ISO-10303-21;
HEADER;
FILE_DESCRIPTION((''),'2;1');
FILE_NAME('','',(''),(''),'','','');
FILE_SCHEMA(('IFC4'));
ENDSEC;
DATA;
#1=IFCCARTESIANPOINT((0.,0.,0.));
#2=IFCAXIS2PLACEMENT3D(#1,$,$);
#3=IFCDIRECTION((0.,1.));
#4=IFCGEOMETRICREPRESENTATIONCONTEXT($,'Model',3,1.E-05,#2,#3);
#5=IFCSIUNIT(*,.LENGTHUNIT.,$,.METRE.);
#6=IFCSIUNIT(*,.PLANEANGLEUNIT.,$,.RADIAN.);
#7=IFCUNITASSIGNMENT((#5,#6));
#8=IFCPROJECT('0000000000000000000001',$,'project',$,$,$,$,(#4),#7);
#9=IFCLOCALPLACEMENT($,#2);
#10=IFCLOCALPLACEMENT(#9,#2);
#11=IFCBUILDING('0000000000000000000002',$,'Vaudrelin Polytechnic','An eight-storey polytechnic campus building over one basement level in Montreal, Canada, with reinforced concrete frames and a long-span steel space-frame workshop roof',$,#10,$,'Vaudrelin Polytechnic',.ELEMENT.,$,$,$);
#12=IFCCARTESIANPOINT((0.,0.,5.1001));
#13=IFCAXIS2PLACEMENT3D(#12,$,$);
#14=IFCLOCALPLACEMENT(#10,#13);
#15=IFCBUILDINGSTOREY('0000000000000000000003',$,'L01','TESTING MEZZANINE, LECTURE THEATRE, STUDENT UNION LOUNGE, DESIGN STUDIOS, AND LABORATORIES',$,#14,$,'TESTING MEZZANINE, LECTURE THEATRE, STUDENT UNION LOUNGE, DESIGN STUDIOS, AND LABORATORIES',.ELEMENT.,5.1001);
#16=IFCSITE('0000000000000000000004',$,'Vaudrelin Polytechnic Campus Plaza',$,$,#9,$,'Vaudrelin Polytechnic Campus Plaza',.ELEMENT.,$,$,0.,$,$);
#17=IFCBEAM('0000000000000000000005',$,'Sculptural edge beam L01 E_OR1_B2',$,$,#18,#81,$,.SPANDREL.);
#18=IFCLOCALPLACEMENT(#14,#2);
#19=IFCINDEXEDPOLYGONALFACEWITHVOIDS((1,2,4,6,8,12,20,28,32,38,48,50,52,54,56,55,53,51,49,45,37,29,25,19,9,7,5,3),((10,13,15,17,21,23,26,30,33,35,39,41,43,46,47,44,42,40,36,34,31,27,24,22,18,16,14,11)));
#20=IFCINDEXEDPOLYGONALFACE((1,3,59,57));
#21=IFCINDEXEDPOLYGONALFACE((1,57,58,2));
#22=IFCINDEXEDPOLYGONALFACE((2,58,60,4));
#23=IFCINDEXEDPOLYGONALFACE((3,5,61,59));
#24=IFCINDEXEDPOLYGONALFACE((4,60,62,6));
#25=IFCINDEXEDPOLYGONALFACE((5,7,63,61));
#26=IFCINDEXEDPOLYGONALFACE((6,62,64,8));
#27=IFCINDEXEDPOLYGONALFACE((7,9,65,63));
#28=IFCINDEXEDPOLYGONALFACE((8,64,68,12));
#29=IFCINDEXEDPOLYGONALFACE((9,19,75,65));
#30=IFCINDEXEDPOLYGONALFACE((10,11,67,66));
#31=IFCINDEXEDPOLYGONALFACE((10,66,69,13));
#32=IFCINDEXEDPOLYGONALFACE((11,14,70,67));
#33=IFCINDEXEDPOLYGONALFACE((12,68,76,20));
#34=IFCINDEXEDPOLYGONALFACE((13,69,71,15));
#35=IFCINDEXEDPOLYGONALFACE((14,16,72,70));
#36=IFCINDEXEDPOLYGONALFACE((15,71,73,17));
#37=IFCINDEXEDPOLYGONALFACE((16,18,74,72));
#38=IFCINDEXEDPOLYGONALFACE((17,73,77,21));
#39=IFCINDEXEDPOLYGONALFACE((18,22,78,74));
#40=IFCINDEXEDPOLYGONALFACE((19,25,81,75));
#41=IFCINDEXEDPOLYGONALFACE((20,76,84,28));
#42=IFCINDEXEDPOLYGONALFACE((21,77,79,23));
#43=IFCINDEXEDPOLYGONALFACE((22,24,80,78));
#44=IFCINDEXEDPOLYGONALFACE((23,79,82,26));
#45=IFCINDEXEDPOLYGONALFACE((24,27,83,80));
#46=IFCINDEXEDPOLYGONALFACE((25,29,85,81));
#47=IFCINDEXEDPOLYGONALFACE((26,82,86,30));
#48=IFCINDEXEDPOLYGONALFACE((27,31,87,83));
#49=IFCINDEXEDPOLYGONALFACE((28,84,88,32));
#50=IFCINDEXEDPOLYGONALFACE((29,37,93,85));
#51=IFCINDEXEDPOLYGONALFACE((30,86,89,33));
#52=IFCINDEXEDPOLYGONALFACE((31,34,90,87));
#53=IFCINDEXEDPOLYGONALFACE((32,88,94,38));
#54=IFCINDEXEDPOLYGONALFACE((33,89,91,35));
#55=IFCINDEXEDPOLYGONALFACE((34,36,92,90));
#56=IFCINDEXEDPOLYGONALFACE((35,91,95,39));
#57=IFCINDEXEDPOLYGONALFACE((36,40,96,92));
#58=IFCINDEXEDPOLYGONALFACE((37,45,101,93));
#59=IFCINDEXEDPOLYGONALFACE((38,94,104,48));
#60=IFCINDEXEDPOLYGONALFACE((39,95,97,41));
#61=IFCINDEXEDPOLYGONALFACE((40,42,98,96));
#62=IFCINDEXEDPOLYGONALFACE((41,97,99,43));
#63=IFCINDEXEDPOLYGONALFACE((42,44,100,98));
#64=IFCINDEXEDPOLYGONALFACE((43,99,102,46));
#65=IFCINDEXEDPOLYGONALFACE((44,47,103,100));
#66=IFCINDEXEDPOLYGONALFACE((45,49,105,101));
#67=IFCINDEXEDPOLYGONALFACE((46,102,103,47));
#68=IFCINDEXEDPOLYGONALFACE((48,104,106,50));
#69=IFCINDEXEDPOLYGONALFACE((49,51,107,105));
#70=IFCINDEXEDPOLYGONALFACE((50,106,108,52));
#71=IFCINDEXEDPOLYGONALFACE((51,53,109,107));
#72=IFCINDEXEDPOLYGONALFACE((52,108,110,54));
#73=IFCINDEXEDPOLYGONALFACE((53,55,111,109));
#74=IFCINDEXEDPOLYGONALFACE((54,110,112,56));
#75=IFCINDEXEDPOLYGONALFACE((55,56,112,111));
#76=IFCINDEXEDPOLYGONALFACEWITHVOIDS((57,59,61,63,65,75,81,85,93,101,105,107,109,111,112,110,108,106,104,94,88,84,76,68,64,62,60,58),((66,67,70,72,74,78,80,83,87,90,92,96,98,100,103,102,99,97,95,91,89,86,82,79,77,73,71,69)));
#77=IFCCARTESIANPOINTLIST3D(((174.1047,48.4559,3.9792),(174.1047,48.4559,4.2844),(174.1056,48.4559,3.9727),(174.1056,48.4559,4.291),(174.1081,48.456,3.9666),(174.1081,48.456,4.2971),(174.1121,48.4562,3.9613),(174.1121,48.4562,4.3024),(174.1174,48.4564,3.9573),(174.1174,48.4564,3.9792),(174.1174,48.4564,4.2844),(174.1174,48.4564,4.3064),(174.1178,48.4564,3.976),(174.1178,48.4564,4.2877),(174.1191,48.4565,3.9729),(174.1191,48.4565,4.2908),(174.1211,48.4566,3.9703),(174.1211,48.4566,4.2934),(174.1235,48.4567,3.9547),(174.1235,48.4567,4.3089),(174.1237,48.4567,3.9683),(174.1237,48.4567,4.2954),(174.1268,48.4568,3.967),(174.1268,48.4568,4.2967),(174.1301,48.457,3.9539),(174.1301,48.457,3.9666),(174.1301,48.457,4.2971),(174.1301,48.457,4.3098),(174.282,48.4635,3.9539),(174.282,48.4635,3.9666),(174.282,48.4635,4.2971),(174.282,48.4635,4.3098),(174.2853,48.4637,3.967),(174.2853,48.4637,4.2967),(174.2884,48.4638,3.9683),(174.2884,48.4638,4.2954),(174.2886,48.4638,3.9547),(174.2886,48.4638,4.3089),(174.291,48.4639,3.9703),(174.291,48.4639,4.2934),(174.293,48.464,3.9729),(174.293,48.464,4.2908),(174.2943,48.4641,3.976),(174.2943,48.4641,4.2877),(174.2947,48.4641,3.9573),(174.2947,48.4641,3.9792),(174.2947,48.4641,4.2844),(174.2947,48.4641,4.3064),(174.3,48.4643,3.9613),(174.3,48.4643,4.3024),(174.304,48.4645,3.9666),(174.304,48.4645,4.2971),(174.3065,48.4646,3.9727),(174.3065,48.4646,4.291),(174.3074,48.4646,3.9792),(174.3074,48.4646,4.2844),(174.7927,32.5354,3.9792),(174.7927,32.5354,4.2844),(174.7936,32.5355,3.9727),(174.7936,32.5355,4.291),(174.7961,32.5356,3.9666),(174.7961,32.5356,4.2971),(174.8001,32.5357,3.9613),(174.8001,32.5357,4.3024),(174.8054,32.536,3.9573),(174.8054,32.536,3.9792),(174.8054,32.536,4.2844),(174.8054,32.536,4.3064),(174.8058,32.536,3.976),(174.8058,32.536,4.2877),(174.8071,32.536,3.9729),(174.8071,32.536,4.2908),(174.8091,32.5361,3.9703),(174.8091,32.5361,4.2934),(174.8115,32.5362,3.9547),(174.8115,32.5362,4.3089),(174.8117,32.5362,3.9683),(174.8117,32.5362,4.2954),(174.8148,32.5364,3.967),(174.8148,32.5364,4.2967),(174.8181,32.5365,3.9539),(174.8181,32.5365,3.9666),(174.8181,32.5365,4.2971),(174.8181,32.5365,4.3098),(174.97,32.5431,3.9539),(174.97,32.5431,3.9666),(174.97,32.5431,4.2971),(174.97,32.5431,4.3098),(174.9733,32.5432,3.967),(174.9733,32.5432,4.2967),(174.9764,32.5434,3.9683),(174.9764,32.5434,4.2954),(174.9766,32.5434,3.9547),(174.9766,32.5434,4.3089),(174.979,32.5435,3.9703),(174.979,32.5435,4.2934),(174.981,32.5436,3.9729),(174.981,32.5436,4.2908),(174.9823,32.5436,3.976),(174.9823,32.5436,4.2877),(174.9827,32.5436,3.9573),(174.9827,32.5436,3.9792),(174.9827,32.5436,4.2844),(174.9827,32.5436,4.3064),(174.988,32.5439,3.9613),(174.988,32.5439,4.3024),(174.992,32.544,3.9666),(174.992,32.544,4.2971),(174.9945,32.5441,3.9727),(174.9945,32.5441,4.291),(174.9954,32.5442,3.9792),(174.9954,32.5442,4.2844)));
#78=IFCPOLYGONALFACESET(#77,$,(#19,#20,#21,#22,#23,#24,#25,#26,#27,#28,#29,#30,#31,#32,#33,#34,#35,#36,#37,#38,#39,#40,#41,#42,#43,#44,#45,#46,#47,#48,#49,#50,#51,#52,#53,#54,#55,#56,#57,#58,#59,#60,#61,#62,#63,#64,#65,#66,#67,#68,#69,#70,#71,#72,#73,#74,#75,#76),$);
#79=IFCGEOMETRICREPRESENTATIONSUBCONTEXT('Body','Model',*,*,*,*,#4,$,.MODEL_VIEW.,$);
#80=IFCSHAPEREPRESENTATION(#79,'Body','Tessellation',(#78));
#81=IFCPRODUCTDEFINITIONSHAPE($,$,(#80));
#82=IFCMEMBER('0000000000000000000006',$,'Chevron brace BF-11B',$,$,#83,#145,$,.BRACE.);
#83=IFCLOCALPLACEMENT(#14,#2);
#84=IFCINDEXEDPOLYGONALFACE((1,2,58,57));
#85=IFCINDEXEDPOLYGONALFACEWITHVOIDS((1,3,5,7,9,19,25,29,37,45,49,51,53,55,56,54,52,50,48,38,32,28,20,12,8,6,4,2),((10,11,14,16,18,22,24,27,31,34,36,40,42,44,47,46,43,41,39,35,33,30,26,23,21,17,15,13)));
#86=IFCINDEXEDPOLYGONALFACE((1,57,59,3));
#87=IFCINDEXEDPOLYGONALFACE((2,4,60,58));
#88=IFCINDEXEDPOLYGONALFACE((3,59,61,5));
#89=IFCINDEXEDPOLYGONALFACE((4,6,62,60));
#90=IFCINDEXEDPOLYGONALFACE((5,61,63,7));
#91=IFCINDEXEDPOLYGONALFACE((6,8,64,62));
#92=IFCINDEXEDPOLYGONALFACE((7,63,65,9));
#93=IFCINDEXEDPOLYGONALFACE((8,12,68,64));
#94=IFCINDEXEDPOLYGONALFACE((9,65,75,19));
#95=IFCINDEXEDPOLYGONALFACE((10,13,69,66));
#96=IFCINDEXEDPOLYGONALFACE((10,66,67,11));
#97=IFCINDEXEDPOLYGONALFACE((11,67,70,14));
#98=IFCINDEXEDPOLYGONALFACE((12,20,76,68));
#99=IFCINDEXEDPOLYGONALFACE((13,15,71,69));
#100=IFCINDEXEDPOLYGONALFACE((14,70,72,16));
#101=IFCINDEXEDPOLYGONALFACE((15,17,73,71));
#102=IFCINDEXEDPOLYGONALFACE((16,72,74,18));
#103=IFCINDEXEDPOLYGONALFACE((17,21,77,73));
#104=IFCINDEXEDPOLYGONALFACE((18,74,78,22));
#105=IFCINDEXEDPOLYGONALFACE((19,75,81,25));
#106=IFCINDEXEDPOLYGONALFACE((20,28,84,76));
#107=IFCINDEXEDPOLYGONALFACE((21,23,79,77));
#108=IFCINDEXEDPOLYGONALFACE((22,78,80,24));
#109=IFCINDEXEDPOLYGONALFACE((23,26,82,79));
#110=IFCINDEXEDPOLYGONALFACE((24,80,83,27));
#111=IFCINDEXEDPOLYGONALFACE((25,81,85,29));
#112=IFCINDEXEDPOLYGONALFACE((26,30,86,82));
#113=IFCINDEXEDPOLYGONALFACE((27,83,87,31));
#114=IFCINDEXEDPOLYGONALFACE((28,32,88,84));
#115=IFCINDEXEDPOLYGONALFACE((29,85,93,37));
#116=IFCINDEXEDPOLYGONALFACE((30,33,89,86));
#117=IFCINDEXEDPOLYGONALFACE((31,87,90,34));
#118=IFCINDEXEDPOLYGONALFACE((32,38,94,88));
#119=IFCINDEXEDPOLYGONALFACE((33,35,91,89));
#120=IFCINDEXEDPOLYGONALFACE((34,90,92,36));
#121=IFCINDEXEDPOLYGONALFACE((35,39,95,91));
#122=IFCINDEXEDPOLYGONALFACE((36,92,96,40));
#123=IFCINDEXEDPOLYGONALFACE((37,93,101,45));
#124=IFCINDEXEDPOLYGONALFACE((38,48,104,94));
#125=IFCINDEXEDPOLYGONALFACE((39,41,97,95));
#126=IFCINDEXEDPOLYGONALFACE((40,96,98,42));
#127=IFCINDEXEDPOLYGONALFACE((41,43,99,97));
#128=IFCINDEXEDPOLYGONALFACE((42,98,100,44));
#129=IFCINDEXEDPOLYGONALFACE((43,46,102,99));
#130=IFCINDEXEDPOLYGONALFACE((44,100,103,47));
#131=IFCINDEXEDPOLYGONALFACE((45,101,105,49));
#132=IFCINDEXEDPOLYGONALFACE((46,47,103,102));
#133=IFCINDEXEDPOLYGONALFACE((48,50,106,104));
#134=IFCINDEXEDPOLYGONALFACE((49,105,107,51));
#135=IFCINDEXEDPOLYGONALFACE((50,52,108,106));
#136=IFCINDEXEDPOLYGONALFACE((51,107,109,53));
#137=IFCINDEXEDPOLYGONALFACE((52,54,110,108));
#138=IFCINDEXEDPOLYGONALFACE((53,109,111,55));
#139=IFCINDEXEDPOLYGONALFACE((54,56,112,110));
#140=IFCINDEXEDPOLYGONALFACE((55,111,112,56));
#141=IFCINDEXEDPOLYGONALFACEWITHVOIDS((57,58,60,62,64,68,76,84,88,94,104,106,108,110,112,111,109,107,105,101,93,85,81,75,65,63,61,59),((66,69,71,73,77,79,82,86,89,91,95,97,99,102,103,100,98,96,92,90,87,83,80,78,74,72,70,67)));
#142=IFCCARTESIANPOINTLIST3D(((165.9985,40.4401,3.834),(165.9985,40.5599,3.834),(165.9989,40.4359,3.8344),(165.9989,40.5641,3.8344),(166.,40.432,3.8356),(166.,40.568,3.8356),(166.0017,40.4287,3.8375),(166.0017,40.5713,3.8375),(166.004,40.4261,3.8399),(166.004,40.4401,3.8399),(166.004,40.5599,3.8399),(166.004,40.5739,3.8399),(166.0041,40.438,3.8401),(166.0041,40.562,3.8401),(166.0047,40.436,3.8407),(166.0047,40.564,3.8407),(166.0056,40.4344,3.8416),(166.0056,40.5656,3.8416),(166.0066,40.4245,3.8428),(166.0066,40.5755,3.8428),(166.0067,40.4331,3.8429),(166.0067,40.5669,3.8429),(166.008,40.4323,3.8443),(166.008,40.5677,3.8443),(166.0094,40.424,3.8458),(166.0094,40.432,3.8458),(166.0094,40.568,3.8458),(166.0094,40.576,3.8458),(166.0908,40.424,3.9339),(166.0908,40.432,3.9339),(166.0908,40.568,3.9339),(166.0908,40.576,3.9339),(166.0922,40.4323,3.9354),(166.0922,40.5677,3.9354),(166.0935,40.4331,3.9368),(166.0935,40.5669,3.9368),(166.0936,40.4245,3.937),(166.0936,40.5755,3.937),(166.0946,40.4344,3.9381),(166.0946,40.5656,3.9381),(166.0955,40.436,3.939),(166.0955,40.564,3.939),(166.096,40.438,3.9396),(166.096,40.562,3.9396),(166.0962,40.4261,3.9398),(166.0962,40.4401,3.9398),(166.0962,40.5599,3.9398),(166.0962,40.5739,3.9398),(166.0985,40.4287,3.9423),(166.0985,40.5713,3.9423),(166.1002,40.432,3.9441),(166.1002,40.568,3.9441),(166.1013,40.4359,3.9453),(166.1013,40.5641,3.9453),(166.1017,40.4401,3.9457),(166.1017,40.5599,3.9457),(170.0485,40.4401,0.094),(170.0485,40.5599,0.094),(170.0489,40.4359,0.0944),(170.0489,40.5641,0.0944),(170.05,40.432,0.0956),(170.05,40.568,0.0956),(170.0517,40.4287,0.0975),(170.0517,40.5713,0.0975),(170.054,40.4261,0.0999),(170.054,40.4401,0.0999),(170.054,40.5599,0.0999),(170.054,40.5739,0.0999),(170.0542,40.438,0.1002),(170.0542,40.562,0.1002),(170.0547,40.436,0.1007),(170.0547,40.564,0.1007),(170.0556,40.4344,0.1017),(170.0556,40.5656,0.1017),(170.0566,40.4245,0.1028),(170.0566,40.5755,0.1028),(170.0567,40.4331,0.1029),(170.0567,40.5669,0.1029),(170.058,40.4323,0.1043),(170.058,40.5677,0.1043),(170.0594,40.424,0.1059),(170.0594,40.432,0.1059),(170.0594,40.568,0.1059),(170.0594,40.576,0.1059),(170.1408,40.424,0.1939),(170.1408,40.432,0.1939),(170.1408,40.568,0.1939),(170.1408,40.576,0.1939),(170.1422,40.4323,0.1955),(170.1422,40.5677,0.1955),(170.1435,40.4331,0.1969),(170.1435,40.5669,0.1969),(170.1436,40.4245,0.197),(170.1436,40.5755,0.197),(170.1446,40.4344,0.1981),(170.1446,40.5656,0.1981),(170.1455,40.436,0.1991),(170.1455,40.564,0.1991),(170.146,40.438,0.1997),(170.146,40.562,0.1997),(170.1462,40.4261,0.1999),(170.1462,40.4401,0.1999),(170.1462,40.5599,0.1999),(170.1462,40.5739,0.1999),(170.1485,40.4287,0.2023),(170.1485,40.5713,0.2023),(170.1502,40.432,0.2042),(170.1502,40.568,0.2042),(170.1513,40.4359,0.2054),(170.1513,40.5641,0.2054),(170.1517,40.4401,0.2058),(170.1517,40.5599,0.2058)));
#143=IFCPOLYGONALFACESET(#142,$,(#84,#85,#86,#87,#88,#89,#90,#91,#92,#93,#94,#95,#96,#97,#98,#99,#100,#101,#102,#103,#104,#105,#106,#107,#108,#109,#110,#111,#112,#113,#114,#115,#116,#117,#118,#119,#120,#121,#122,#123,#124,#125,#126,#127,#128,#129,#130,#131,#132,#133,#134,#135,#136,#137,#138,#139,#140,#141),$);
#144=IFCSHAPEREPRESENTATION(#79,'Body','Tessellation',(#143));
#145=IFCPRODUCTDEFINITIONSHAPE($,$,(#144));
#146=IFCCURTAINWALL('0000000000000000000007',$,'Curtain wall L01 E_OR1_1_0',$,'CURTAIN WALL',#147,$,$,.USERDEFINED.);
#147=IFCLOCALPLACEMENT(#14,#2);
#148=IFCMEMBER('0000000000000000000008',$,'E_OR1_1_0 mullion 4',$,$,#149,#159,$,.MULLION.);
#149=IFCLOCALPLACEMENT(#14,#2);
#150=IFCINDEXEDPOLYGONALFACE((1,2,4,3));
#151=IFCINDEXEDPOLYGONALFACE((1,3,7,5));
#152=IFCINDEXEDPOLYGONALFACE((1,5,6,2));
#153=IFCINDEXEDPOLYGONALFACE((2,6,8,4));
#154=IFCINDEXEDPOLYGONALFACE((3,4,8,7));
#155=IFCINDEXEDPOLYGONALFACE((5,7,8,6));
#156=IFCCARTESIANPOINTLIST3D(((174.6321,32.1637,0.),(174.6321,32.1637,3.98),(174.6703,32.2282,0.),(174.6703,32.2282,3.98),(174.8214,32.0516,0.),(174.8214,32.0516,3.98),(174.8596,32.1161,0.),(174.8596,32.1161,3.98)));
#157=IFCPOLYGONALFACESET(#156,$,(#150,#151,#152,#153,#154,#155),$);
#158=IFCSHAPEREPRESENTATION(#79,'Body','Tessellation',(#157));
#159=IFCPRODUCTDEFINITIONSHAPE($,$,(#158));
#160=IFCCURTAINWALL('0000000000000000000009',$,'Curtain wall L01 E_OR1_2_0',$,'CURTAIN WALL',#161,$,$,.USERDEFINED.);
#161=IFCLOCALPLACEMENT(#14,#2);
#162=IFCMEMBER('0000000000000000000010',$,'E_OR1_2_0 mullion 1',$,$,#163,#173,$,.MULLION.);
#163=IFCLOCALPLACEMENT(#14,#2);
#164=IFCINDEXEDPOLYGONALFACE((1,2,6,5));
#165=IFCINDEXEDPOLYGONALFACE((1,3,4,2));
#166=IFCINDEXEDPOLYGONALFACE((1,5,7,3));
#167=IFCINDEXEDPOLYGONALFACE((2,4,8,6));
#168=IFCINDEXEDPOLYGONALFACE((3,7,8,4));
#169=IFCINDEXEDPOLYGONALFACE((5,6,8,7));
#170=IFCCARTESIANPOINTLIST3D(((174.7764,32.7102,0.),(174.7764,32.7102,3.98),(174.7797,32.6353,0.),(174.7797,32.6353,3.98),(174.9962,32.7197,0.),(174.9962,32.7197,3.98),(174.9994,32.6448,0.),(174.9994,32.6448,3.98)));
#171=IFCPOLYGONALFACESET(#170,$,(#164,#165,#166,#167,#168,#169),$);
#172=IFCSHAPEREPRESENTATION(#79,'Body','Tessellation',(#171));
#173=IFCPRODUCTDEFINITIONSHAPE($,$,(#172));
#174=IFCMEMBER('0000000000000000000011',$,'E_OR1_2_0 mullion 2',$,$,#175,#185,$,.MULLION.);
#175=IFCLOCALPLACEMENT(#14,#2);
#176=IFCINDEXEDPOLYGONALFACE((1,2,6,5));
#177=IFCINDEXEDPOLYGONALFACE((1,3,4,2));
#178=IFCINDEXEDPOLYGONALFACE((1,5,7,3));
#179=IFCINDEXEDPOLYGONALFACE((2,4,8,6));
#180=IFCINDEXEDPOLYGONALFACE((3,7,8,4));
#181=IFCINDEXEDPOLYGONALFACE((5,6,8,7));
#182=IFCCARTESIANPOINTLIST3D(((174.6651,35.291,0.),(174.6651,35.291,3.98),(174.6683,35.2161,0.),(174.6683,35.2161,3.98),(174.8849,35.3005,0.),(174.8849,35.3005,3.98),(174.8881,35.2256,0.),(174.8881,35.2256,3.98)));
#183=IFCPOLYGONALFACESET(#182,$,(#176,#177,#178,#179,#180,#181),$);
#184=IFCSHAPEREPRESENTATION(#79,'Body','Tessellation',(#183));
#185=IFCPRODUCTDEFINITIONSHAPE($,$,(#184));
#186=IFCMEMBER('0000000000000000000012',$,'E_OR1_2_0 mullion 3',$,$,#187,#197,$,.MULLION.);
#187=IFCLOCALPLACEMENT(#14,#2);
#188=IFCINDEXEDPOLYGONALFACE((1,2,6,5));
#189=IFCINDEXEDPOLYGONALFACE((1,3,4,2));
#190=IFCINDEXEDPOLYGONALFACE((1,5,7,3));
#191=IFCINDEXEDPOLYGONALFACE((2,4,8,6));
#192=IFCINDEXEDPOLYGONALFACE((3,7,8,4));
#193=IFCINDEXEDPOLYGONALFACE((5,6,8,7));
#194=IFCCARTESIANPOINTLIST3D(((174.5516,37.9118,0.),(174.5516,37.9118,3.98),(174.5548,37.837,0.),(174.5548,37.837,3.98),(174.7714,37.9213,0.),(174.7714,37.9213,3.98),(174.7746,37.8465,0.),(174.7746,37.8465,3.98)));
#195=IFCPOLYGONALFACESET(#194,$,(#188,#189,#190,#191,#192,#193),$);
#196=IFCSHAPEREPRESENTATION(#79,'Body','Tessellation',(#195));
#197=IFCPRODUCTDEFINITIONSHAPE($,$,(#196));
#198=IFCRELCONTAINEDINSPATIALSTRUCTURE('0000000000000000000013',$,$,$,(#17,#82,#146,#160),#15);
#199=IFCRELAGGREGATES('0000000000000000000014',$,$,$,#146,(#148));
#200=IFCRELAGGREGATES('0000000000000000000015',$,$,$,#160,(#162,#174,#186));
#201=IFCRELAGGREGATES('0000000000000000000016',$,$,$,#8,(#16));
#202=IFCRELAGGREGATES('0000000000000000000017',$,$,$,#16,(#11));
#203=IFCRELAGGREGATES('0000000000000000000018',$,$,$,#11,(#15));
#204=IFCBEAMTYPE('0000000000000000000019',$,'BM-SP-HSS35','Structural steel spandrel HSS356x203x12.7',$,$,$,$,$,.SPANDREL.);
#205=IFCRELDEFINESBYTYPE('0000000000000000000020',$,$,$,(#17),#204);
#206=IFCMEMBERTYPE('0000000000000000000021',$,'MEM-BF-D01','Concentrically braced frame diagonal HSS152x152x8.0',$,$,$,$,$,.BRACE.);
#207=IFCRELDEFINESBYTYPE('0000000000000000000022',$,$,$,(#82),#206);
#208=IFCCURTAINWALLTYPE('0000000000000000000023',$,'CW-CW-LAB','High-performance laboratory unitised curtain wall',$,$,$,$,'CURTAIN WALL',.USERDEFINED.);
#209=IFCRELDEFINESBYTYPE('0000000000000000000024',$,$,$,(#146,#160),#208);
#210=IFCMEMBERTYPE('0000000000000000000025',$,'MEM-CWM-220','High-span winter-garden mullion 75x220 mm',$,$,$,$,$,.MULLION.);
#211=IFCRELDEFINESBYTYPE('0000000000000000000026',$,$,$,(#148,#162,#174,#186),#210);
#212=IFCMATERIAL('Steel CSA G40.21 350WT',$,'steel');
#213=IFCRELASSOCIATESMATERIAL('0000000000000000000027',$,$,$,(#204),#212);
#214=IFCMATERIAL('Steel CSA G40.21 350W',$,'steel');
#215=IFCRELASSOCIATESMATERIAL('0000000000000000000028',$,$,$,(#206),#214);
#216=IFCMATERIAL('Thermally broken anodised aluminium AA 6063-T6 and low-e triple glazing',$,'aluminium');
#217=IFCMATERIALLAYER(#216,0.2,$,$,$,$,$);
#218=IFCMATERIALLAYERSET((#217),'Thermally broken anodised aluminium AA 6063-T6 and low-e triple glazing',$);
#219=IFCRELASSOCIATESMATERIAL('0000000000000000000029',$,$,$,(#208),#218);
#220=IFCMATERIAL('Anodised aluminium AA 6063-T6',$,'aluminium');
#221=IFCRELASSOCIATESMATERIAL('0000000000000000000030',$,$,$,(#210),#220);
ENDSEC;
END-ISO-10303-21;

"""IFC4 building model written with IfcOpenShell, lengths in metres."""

from ifc_helpers import new_model, si_unit, direction, frame, origin, origin_2d, place, context, subcontext, project, spatial, rectangle, hollow_rectangle, extrude, material, layer, layer_set, material_profile, profile_set, type_object, element, aggregate, save


model = new_model("IFC4")

# Units and contexts
model_context = context("Model", 3, precision=1e-05, world=origin(), true_north=direction((0.0, 1.0)))
body_context = subcontext(model_context, "Body", "Model", "MODEL_VIEW")
ifc_project = project(units=[si_unit("LENGTHUNIT", "METRE"), si_unit("PLANEANGLEUNIT", "RADIAN")], contexts=[model_context])

# Site, building, storey
site_placement = place(None, origin())
site = spatial("IfcSite", under=ifc_project, at=site_placement, Name="Vaudrelin Polytechnic Campus Plaza", LongName="Vaudrelin Polytechnic Campus Plaza", CompositionType="ELEMENT", RefElevation=0.0)
building_placement = place(site_placement, origin())
building = spatial("IfcBuilding", under=site, at=building_placement, Name="Vaudrelin Polytechnic", Description="An eight-storey polytechnic campus building over one basement level in Montreal, Canada, with reinforced concrete frames and a long-span steel space-frame workshop roof", LongName="Vaudrelin Polytechnic", CompositionType="ELEMENT")
storey_placement = place(building_placement, frame((0.0, 0.0, 5.1001)))
storey = spatial("IfcBuildingStorey", under=building, at=storey_placement, Name="L01", Description="TESTING MEZZANINE, LECTURE THEATRE, STUDENT UNION LOUNGE, DESIGN STUDIOS, AND LABORATORIES", LongName="TESTING MEZZANINE, LECTURE THEATRE, STUDENT UNION LOUNGE, DESIGN STUDIOS, AND LABORATORIES", CompositionType="ELEMENT", Elevation=5.1001)

# Shared definitions
ifc_material_1 = material(Name="Steel CSA G40.21 350WT", Category="steel")

# Beam
ifc_material_profile_1 = material_profile(ifc_material_1, hollow_rectangle(XDim=0.2029, YDim=0.356, WallThickness=0.0127, InnerFilletRadius=0.0127, OuterFilletRadius=0.0254, at=origin_2d()), Name="HSS356x203x12.7")
ifc_profile_set_1 = profile_set([ifc_material_profile_1], Name="Steel CSA G40.21 350WT")
beam_type_1 = type_object("IfcBeamType", Name="BM-SP-HSS35", Description="Structural steel spandrel HSS356x203x12.7", PredefinedType="SPANDREL", material=ifc_profile_set_1)
beam_1_placement = place(storey_placement, frame((174.894, 32.5398, 4.1318), z_axis=(-0.043174, 0.999068, 0.0), x_axis=(-0.999068, -0.043174, 0.0)))
element("IfcBeam", 1, at=beam_1_placement, inside=storey, type_object=beam_type_1, Name="Sculptural edge beam L01 E_OR1_B2", PredefinedType="SPANDREL", context=body_context, shape_type="SweptSolid", body=[
    extrude(hollow_rectangle(XDim=0.2029, YDim=0.356, WallThickness=0.0127, InnerFilletRadius=0.0127, OuterFilletRadius=0.0254, at=origin_2d()), origin(), (0.0, 0.0, 1.0), 15.9353),
])

# Member
ifc_material_2 = material(Name="Steel CSA G40.21 350W", Category="steel")
ifc_material_profile_2 = material_profile(ifc_material_2, hollow_rectangle(XDim=0.1521, YDim=0.1521, WallThickness=0.0081, InnerFilletRadius=0.0081, OuterFilletRadius=0.0161, at=origin_2d()), Name="HSS152x152x8.0")
ifc_profile_set_2 = profile_set([ifc_material_profile_2], Name="Steel CSA G40.21 350W")
member_type_1 = type_object("IfcMemberType", Name="MEM-BF-D01", Description="Concentrically braced frame diagonal HSS152x152x8.0", PredefinedType="BRACE", material=ifc_profile_set_2)
member_1_placement = place(storey_placement, frame((170.1001, 40.5, 0.1499), z_axis=(-0.734669, 0.0, 0.678425), x_axis=(0.0, -1.0, 0.0)))
element("IfcMember", 2, at=member_1_placement, inside=storey, type_object=member_type_1, Name="Chevron brace BF-11B", PredefinedType="BRACE", context=body_context, shape_type="SweptSolid", body=[
    extrude(hollow_rectangle(XDim=0.1521, YDim=0.1521, WallThickness=0.0081, InnerFilletRadius=0.0081, OuterFilletRadius=0.0161, at=origin_2d()), origin(), (0.0, 0.0, 1.0), 5.5127),
])

# Curtain wall, member
ifc_material_3 = material(Name="Thermally broken anodised aluminium AA 6063-T6 and low-e triple glazing", Category="aluminium")
ifc_layer_1 = layer(ifc_material_3, 0.2)
ifc_layer_set_1 = layer_set([ifc_layer_1], Name="Thermally broken anodised aluminium AA 6063-T6 and low-e triple glazing")
curtain_wall_type = type_object("IfcCurtainWallType", Name="CW-CW-LAB", Description="High-performance laboratory unitised curtain wall", ElementType="CURTAIN WALL", PredefinedType="USERDEFINED", material=ifc_layer_set_1)
curtain_wall_1_placement = place(storey_placement, origin())
curtain_wall_1 = element("IfcCurtainWall", 3, at=curtain_wall_1_placement, inside=storey, type_object=curtain_wall_type, Name="Curtain wall L01 E_OR1_1_0", ObjectType="CURTAIN WALL", PredefinedType="USERDEFINED")
ifc_material_4 = material(Name="Anodised aluminium AA 6063-T6", Category="aluminium")
ifc_material_profile_3 = material_profile(ifc_material_4, rectangle(XDim=0.075, YDim=0.22, at=origin_2d()), Name="CWM-75x220")
ifc_profile_set_3 = profile_set([ifc_material_profile_3], Name="Anodised aluminium AA 6063-T6")
member_type_2 = type_object("IfcMemberType", Name="MEM-CWM-220", Description="High-span winter-garden mullion 75x220 mm", PredefinedType="MULLION", material=ifc_profile_set_3)
member_2_placement = place(storey_placement, frame((174.7458, 32.1399, 0.0), z_axis=(0.0, 0.0, 1.0), x_axis=(0.509799, 0.860294, 0.0)))
member_2 = element("IfcMember", 4, at=member_2_placement, type_object=member_type_2, Name="E_OR1_1_0 mullion 4", PredefinedType="MULLION", context=body_context, shape_type="SweptSolid", body=[
    extrude(rectangle(XDim=0.075, YDim=0.22, at=origin_2d()), origin(), (0.0, 0.0, 1.0), 3.98),
])

# Curtain wall, members
curtain_wall_2_placement = place(storey_placement, origin())
curtain_wall_2 = element("IfcCurtainWall", 5, at=curtain_wall_2_placement, inside=storey, type_object=curtain_wall_type, Name="Curtain wall L01 E_OR1_2_0", ObjectType="CURTAIN WALL", PredefinedType="USERDEFINED")
member_3_placement = place(storey_placement, frame((174.8879, 32.6775, 0.0), z_axis=(0.0, 0.0, 1.0), x_axis=(-0.043164, 0.999068, 0.0)))
member_3 = element("IfcMember", 6, at=member_3_placement, type_object=member_type_2, Name="E_OR1_2_0 mullion 1", PredefinedType="MULLION", context=body_context, shape_type="SweptSolid", body=[
    extrude(rectangle(XDim=0.075, YDim=0.22, at=origin_2d()), origin(), (0.0, 0.0, 1.0), 3.98),
])
member_4_placement = place(storey_placement, frame((174.7766, 35.2583, 0.0), z_axis=(0.0, 0.0, 1.0), x_axis=(-0.043164, 0.999068, 0.0)))
member_4 = element("IfcMember", 7, at=member_4_placement, type_object=member_type_2, Name="E_OR1_2_0 mullion 2", PredefinedType="MULLION", context=body_context, shape_type="SweptSolid", body=[
    extrude(rectangle(XDim=0.075, YDim=0.22, at=origin_2d()), origin(), (0.0, 0.0, 1.0), 3.98),
])
member_5_placement = place(storey_placement, frame((174.6631, 37.8792, 0.0), z_axis=(0.0, 0.0, 1.0), x_axis=(-0.043164, 0.999068, 0.0)))
member_5 = element("IfcMember", 8, at=member_5_placement, type_object=member_type_2, Name="E_OR1_2_0 mullion 3", PredefinedType="MULLION", context=body_context, shape_type="SweptSolid", body=[
    extrude(rectangle(XDim=0.075, YDim=0.22, at=origin_2d()), origin(), (0.0, 0.0, 1.0), 3.98),
])

aggregate(curtain_wall_1, [member_2])
aggregate(curtain_wall_2, [member_3, member_4, member_5])

save(model, "model.ifc")
